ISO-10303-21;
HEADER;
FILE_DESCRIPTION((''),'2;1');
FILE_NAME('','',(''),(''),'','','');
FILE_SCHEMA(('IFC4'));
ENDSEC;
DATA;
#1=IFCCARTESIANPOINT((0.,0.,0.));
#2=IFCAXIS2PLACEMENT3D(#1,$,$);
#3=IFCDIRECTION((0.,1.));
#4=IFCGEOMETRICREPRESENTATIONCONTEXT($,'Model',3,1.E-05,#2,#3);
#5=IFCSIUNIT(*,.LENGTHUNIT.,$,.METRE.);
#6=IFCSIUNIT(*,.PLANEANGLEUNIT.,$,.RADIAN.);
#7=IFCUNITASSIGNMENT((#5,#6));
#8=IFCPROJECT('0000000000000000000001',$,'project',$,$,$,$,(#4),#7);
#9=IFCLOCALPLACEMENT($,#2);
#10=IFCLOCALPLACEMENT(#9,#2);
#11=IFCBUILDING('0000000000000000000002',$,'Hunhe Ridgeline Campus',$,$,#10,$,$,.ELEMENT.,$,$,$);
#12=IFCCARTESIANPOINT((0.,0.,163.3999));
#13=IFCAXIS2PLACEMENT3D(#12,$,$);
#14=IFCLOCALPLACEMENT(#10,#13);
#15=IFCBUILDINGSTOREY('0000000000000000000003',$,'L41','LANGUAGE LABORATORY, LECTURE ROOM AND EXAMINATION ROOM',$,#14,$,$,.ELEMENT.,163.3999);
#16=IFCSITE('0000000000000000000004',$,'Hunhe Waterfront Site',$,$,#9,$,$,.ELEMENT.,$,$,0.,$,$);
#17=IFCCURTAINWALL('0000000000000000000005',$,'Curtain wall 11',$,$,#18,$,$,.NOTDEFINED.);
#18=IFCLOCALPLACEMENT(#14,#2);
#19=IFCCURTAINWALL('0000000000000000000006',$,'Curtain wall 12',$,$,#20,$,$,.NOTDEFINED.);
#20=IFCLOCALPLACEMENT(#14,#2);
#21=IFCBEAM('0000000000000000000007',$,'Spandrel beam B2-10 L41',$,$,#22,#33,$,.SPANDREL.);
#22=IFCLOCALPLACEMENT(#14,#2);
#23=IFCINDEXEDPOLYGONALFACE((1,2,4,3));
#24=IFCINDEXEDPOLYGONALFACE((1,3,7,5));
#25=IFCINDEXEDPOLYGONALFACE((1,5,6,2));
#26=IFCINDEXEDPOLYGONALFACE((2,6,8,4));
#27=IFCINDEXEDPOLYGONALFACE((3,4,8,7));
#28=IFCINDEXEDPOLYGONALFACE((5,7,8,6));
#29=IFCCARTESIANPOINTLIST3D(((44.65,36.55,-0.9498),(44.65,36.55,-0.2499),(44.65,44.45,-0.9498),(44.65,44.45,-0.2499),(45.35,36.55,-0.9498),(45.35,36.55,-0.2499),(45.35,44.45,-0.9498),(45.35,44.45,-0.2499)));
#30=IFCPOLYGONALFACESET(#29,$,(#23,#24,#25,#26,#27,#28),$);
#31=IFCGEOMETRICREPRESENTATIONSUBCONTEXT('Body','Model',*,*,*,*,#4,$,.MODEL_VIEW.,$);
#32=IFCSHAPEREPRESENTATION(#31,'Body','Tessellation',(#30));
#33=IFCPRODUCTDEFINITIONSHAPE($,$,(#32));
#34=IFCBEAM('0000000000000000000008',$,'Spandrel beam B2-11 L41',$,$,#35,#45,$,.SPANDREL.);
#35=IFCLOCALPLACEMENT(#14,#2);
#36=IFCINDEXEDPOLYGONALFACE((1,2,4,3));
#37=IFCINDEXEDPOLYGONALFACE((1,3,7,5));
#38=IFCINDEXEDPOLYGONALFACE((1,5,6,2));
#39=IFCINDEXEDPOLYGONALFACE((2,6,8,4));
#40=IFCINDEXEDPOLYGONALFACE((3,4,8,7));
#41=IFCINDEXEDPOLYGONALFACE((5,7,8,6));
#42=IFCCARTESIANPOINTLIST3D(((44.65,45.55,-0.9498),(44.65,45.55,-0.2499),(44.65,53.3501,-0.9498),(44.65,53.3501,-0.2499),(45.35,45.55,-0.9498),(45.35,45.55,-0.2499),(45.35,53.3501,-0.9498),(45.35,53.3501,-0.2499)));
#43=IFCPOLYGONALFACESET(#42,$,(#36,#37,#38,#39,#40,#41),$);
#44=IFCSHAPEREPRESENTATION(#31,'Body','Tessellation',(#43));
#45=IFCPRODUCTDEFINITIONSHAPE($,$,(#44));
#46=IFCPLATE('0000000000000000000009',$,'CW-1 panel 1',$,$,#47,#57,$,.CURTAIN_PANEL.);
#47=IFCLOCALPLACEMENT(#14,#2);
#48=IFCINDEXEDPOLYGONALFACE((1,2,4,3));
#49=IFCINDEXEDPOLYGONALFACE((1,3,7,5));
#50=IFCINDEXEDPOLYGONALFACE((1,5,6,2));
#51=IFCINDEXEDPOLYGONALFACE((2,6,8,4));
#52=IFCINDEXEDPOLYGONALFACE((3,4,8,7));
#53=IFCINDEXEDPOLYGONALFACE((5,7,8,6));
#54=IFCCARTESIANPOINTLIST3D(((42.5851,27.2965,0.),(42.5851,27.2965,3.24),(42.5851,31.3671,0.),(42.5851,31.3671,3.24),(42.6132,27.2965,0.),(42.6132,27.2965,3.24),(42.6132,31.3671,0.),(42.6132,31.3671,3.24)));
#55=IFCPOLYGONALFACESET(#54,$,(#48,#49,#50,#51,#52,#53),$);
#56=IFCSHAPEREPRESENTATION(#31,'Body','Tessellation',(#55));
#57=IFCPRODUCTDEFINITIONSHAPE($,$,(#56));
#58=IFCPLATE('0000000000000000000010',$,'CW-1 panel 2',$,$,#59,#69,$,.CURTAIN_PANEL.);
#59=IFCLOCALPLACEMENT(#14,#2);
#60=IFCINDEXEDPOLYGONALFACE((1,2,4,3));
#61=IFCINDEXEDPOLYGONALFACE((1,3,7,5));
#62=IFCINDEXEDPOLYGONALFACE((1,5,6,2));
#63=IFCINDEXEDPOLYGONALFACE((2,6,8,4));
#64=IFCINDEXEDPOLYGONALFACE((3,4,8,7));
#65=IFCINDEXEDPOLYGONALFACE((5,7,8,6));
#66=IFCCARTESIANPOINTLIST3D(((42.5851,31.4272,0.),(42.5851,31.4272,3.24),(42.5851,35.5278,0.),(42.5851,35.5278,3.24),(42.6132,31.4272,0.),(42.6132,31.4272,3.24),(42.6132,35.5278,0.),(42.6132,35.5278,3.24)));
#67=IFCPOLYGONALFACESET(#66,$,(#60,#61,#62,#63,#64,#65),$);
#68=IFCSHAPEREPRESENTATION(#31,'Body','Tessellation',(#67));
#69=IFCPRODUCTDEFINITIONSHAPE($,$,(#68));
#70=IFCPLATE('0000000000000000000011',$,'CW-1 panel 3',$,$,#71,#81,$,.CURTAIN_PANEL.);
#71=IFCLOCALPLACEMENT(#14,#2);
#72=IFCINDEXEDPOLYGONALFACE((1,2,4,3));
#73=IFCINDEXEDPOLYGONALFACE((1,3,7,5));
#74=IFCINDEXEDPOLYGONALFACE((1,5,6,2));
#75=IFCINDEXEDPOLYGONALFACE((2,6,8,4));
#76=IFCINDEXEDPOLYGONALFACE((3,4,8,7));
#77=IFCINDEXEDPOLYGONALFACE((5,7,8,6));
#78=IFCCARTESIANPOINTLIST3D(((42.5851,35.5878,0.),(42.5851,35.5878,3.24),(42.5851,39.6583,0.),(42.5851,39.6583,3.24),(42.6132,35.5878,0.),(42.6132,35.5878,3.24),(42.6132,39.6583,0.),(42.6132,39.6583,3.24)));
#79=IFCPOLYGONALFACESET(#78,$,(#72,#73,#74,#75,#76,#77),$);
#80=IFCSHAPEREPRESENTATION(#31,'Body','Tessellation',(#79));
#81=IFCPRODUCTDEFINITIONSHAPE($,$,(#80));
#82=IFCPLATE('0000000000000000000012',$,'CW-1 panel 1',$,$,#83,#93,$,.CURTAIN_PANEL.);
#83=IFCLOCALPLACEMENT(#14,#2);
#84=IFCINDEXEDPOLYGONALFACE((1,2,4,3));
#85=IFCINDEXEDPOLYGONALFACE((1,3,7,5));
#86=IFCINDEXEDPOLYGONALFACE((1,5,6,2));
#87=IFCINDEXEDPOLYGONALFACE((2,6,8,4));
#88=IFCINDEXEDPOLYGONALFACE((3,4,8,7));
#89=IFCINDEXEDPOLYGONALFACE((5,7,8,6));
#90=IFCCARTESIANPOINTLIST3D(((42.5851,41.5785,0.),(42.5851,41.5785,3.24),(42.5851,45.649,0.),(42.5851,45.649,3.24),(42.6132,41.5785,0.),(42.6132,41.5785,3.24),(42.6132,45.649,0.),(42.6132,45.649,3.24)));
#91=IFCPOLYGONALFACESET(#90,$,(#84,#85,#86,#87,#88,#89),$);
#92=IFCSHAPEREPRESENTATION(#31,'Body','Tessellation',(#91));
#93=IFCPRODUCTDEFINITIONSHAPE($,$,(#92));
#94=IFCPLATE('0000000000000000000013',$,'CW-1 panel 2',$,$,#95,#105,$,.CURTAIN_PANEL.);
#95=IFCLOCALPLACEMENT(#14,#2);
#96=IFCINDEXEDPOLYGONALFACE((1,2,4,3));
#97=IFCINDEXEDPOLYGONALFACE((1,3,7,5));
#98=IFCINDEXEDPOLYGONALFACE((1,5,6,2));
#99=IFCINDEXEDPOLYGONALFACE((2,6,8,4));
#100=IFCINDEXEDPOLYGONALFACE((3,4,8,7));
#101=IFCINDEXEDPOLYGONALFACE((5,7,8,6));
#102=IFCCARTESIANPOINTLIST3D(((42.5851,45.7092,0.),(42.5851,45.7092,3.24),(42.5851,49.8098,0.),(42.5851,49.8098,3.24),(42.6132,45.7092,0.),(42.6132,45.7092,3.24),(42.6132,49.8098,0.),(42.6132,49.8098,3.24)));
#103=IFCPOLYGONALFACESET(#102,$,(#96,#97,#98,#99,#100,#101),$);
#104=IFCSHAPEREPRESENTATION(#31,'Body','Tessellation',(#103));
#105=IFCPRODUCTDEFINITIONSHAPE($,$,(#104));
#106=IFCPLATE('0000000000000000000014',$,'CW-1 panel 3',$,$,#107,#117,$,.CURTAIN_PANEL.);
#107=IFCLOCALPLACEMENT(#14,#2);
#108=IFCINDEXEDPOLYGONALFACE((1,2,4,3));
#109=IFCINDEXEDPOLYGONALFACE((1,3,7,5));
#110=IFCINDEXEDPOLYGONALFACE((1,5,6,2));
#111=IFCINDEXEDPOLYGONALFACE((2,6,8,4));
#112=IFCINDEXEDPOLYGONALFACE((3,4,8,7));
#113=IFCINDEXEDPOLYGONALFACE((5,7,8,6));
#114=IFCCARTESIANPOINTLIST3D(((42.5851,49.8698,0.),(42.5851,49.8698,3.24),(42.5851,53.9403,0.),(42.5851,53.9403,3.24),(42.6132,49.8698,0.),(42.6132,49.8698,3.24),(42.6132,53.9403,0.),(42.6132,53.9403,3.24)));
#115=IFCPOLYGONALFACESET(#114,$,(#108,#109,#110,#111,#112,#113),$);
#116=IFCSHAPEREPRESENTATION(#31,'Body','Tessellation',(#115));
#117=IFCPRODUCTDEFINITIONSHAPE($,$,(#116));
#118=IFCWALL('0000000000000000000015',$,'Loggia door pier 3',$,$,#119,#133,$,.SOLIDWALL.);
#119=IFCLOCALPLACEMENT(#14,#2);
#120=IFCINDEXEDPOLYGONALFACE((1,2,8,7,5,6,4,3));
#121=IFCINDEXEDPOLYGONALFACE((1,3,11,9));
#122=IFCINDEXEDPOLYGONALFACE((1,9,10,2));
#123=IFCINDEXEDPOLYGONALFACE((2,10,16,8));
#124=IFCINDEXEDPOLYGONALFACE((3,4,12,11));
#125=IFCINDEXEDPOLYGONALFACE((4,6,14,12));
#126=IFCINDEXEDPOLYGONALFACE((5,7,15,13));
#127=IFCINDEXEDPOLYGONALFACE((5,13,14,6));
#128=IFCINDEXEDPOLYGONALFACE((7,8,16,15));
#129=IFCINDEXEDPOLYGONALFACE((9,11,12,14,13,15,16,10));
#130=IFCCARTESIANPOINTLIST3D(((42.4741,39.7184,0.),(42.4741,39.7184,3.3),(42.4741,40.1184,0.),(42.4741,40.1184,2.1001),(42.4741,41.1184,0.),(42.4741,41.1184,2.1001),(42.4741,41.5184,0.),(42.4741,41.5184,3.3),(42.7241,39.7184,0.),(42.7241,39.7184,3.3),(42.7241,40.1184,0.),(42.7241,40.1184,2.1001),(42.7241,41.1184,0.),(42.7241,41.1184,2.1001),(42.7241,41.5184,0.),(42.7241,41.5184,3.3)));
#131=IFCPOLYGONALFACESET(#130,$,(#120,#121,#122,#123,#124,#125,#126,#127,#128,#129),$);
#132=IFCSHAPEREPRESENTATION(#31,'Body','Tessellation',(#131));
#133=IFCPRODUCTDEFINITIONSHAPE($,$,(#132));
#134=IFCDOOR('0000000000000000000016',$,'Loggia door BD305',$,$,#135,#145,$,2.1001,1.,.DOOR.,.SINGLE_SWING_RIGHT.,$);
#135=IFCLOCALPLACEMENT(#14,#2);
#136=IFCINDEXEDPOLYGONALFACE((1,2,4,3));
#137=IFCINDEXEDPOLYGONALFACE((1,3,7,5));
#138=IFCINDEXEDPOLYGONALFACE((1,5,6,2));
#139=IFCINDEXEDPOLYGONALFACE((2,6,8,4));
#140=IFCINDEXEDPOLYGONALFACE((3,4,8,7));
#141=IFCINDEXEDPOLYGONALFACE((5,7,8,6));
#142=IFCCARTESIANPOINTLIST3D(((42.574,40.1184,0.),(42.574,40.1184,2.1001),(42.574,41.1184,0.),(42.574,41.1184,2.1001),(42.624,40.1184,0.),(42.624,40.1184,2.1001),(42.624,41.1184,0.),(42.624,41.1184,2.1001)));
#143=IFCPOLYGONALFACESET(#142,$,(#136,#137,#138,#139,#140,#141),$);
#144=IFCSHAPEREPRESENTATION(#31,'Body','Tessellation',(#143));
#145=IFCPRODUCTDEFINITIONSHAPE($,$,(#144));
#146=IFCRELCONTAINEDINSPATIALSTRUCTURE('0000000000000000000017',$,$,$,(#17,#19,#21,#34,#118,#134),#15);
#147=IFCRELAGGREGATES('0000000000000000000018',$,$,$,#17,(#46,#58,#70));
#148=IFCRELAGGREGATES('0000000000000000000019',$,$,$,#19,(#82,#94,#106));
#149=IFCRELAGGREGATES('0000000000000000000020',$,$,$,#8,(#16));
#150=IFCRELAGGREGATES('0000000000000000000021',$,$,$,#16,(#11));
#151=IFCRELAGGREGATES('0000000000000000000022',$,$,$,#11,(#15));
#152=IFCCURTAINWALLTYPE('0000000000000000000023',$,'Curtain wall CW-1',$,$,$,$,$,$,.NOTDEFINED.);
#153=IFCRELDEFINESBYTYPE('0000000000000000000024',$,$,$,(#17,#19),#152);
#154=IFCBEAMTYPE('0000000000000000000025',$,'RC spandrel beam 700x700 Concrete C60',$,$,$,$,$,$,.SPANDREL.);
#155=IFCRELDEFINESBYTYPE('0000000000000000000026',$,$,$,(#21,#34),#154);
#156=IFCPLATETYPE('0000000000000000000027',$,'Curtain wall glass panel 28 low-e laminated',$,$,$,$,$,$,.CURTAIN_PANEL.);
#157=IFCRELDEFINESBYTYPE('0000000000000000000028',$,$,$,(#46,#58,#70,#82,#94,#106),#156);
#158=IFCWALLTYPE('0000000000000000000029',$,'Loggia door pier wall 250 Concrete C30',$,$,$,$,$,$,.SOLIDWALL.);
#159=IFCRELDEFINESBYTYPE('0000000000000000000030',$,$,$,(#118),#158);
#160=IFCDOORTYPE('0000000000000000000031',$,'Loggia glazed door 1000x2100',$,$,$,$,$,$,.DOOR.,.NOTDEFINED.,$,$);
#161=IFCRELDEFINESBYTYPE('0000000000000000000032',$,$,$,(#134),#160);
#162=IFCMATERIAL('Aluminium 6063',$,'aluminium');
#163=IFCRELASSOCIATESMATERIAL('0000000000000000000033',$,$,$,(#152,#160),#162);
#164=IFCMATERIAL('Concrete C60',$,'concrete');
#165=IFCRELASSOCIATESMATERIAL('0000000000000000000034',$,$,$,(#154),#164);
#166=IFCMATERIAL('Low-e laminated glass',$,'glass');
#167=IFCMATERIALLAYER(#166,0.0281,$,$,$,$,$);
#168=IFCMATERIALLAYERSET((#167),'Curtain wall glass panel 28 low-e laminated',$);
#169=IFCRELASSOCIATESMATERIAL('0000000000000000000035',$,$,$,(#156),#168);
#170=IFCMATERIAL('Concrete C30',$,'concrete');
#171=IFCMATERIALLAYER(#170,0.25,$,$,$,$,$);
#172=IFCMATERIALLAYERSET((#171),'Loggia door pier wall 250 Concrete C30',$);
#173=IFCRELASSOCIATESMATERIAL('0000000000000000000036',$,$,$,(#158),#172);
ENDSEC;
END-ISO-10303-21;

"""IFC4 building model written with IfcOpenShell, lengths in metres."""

from ifc_helpers import new_model, si_unit, direction, frame, frame_2d, origin, origin_2d, place, context, subcontext, project, spatial, rectangle, extrude, material, layer, layer_set, material_profile, profile_set, type_object, element, fill, aggregate, save


model = new_model("IFC4")

# Units and contexts
model_context = context("Model", 3, precision=1e-05, world=origin(), true_north=direction((0.0, 1.0)))
body_context = subcontext(model_context, "Body", "Model", "MODEL_VIEW")
ifc_project = project(units=[si_unit("LENGTHUNIT", "METRE"), si_unit("PLANEANGLEUNIT", "RADIAN")], contexts=[model_context])

# Site, building, storey
site_placement = place(None, origin())
site = spatial("IfcSite", under=ifc_project, at=site_placement, Name="Hunhe Waterfront Site", CompositionType="ELEMENT", RefElevation=0.0)
building_placement = place(site_placement, origin())
building = spatial("IfcBuilding", under=site, at=building_placement, Name="Hunhe Ridgeline Campus", CompositionType="ELEMENT")
storey_placement = place(building_placement, frame((0.0, 0.0, 163.3999)))
storey = spatial("IfcBuildingStorey", under=building, at=storey_placement, Name="L41", Description="LANGUAGE LABORATORY, LECTURE ROOM AND EXAMINATION ROOM", CompositionType="ELEMENT", Elevation=163.3999)

# Curtain walls
ifc_material_1 = material(Name="Aluminium 6063", Category="aluminium")
curtain_wall_type = type_object("IfcCurtainWallType", Name="Curtain wall CW-1", PredefinedType="NOTDEFINED", material=ifc_material_1)
curtain_wall_1_placement = place(storey_placement, origin())
curtain_wall_1 = element("IfcCurtainWall", 1, at=curtain_wall_1_placement, inside=storey, type_object=curtain_wall_type, Name="Curtain wall 11", PredefinedType="NOTDEFINED")
curtain_wall_2_placement = place(storey_placement, origin())
curtain_wall_2 = element("IfcCurtainWall", 2, at=curtain_wall_2_placement, inside=storey, type_object=curtain_wall_type, Name="Curtain wall 12", PredefinedType="NOTDEFINED")

# Beams
ifc_material_2 = material(Name="Concrete C60", Category="concrete")
ifc_material_profile_1 = material_profile(ifc_material_2, rectangle(XDim=0.7, YDim=0.7, at=origin_2d()))
ifc_profile_set_1 = profile_set([ifc_material_profile_1], Name="Concrete C60")
beam_type = type_object("IfcBeamType", Name="RC spandrel beam 700x700 Concrete C60", PredefinedType="SPANDREL", material=ifc_profile_set_1)
beam_1_placement = place(storey_placement, frame((45.0, 36.55, -0.5999), z_axis=(0.0, 1.0, 0.0), x_axis=(-1.0, 0.0, 0.0)))
element("IfcBeam", 3, at=beam_1_placement, inside=storey, type_object=beam_type, Name="Spandrel beam B2-10 L41", PredefinedType="SPANDREL", context=body_context, shape_type="SweptSolid", body=[
    extrude(rectangle(XDim=0.7, YDim=0.7, at=origin_2d()), origin(), (0.0, 0.0, 1.0), 7.8999),
])
beam_2_placement = place(storey_placement, frame((45.0, 45.55, -0.5999), z_axis=(0.0, 1.0, 0.0), x_axis=(-1.0, 0.0, 0.0)))
element("IfcBeam", 4, at=beam_2_placement, inside=storey, type_object=beam_type, Name="Spandrel beam B2-11 L41", PredefinedType="SPANDREL", context=body_context, shape_type="SweptSolid", body=[
    extrude(rectangle(XDim=0.7, YDim=0.7, at=origin_2d()), origin(), (0.0, 0.0, 1.0), 7.8),
])

# Plates
ifc_material_3 = material(Name="Low-e laminated glass", Category="glass")
ifc_layer_1 = layer(ifc_material_3, 0.0281)
ifc_layer_set_1 = layer_set([ifc_layer_1], Name="Curtain wall glass panel 28 low-e laminated")
plate_type = type_object("IfcPlateType", Name="Curtain wall glass panel 28 low-e laminated", PredefinedType="CURTAIN_PANEL", material=ifc_layer_set_1)
plate_1_placement = place(storey_placement, frame((42.5991, 29.3318, 0.0), z_axis=(0.0, 0.0, 1.0), x_axis=(0.000004, 1.0, 0.0)))
plate_1 = element("IfcPlate", 5, at=plate_1_placement, type_object=plate_type, Name="CW-1 panel 1", PredefinedType="CURTAIN_PANEL", context=body_context, shape_type="SweptSolid", body=[
    extrude(rectangle(XDim=4.0706, YDim=0.0281, at=origin_2d()), origin(), (0.0, 0.0, 1.0), 3.24),
])
plate_2_placement = place(storey_placement, frame((42.5991, 33.4775, 0.0), z_axis=(0.0, 0.0, 1.0), x_axis=(0.000004, 1.0, 0.0)))
plate_2 = element("IfcPlate", 6, at=plate_2_placement, type_object=plate_type, Name="CW-1 panel 2", PredefinedType="CURTAIN_PANEL", context=body_context, shape_type="SweptSolid", body=[
    extrude(rectangle(XDim=4.1006, YDim=0.0281, at=origin_2d()), origin(), (0.0, 0.0, 1.0), 3.24),
])
plate_3_placement = place(storey_placement, frame((42.5991, 37.623, 0.0), z_axis=(0.0, 0.0, 1.0), x_axis=(0.000004, 1.0, 0.0)))
plate_3 = element("IfcPlate", 7, at=plate_3_placement, type_object=plate_type, Name="CW-1 panel 3", PredefinedType="CURTAIN_PANEL", context=body_context, shape_type="SweptSolid", body=[
    extrude(rectangle(XDim=4.0706, YDim=0.0281, at=origin_2d()), origin(), (0.0, 0.0, 1.0), 3.24),
])
aggregate(curtain_wall_1, [plate_1, plate_2, plate_3])
plate_4_placement = place(storey_placement, frame((42.5991, 43.6138, 0.0), z_axis=(0.0, 0.0, 1.0), x_axis=(0.000004, 1.0, 0.0)))
plate_4 = element("IfcPlate", 8, at=plate_4_placement, type_object=plate_type, Name="CW-1 panel 1", PredefinedType="CURTAIN_PANEL", context=body_context, shape_type="SweptSolid", body=[
    extrude(rectangle(XDim=4.0706, YDim=0.0281, at=origin_2d()), origin(), (0.0, 0.0, 1.0), 3.24),
])
plate_5_placement = place(storey_placement, frame((42.5991, 47.7595, 0.0), z_axis=(0.0, 0.0, 1.0), x_axis=(0.000004, 1.0, 0.0)))
plate_5 = element("IfcPlate", 9, at=plate_5_placement, type_object=plate_type, Name="CW-1 panel 2", PredefinedType="CURTAIN_PANEL", context=body_context, shape_type="SweptSolid", body=[
    extrude(rectangle(XDim=4.1006, YDim=0.0281, at=origin_2d()), origin(), (0.0, 0.0, 1.0), 3.24),
])
plate_6_placement = place(storey_placement, frame((42.5991, 51.905, 0.0), z_axis=(0.0, 0.0, 1.0), x_axis=(0.000004, 1.0, 0.0)))
plate_6 = element("IfcPlate", 10, at=plate_6_placement, type_object=plate_type, Name="CW-1 panel 3", PredefinedType="CURTAIN_PANEL", context=body_context, shape_type="SweptSolid", body=[
    extrude(rectangle(XDim=4.0706, YDim=0.0281, at=origin_2d()), origin(), (0.0, 0.0, 1.0), 3.24),
])
aggregate(curtain_wall_2, [plate_4, plate_5, plate_6])

# Wall, opening, door
ifc_material_4 = material(Name="Concrete C30", Category="concrete")
ifc_layer_2 = layer(ifc_material_4, 0.25)
ifc_layer_set_2 = layer_set([ifc_layer_2], Name="Loggia door pier wall 250 Concrete C30")
wall_type = type_object("IfcWallType", Name="Loggia door pier wall 250 Concrete C30", PredefinedType="SOLIDWALL", material=ifc_layer_set_2)
wall_placement = place(storey_placement, frame((42.5991, 39.7185, 0.0), z_axis=(0.0, 0.0, 1.0), x_axis=(0.0, 1.0, 0.0)))
wall = element("IfcWall", 11, at=wall_placement, inside=storey, type_object=wall_type, Name="Loggia door pier 3", PredefinedType="SOLIDWALL", context=body_context, shape_type="SweptSolid", body=[
    extrude(rectangle(XDim=1.8, YDim=0.25, at=frame_2d((0.8999, 0.0))), origin(), (0.0, 0.0, 1.0), 3.3),
])
opening_placement = place(wall_placement, frame((0.3999, 0.0, 0.0)))
opening = element("IfcOpeningElement", 12, at=opening_placement, cuts=wall, PredefinedType="OPENING", context=body_context, shape_type="SweptSolid", body=[
    extrude(rectangle(XDim=1.0, YDim=2.1001, at=frame_2d((0.5, 1.05))), frame((0.0, 0.125, 0.0), z_axis=(0.0, -1.0, 0.0), x_axis=(1.0, 0.0, 0.0)), (0.0, 0.0, 1.0), 0.25),
])
door_type = type_object("IfcDoorType", Name="Loggia glazed door 1000x2100", OperationType="NOTDEFINED", PredefinedType="DOOR", material=ifc_material_1)
door_placement = place(opening_placement, frame((1.0, 0.0, 0.0), z_axis=(0.0, 0.0, 1.0), x_axis=(-1.0, 0.0, 0.0)))
door = element("IfcDoor", 13, at=door_placement, inside=storey, type_object=door_type, Name="Loggia door BD305", OperationType="SINGLE_SWING_RIGHT", OverallHeight=2.1001, OverallWidth=1.0, PredefinedType="DOOR", context=body_context, shape_type="SweptSolid", body=[
    extrude(rectangle(XDim=1.0, YDim=2.1001, at=frame_2d((0.5, 1.05))), frame((0.0, 0.0249, 0.0), z_axis=(0.0, -1.0, 0.0), x_axis=(1.0, 0.0, 0.0)), (0.0, 0.0, 1.0), 0.05),
])
fill(opening, door)

save(model, "model.ifc")
